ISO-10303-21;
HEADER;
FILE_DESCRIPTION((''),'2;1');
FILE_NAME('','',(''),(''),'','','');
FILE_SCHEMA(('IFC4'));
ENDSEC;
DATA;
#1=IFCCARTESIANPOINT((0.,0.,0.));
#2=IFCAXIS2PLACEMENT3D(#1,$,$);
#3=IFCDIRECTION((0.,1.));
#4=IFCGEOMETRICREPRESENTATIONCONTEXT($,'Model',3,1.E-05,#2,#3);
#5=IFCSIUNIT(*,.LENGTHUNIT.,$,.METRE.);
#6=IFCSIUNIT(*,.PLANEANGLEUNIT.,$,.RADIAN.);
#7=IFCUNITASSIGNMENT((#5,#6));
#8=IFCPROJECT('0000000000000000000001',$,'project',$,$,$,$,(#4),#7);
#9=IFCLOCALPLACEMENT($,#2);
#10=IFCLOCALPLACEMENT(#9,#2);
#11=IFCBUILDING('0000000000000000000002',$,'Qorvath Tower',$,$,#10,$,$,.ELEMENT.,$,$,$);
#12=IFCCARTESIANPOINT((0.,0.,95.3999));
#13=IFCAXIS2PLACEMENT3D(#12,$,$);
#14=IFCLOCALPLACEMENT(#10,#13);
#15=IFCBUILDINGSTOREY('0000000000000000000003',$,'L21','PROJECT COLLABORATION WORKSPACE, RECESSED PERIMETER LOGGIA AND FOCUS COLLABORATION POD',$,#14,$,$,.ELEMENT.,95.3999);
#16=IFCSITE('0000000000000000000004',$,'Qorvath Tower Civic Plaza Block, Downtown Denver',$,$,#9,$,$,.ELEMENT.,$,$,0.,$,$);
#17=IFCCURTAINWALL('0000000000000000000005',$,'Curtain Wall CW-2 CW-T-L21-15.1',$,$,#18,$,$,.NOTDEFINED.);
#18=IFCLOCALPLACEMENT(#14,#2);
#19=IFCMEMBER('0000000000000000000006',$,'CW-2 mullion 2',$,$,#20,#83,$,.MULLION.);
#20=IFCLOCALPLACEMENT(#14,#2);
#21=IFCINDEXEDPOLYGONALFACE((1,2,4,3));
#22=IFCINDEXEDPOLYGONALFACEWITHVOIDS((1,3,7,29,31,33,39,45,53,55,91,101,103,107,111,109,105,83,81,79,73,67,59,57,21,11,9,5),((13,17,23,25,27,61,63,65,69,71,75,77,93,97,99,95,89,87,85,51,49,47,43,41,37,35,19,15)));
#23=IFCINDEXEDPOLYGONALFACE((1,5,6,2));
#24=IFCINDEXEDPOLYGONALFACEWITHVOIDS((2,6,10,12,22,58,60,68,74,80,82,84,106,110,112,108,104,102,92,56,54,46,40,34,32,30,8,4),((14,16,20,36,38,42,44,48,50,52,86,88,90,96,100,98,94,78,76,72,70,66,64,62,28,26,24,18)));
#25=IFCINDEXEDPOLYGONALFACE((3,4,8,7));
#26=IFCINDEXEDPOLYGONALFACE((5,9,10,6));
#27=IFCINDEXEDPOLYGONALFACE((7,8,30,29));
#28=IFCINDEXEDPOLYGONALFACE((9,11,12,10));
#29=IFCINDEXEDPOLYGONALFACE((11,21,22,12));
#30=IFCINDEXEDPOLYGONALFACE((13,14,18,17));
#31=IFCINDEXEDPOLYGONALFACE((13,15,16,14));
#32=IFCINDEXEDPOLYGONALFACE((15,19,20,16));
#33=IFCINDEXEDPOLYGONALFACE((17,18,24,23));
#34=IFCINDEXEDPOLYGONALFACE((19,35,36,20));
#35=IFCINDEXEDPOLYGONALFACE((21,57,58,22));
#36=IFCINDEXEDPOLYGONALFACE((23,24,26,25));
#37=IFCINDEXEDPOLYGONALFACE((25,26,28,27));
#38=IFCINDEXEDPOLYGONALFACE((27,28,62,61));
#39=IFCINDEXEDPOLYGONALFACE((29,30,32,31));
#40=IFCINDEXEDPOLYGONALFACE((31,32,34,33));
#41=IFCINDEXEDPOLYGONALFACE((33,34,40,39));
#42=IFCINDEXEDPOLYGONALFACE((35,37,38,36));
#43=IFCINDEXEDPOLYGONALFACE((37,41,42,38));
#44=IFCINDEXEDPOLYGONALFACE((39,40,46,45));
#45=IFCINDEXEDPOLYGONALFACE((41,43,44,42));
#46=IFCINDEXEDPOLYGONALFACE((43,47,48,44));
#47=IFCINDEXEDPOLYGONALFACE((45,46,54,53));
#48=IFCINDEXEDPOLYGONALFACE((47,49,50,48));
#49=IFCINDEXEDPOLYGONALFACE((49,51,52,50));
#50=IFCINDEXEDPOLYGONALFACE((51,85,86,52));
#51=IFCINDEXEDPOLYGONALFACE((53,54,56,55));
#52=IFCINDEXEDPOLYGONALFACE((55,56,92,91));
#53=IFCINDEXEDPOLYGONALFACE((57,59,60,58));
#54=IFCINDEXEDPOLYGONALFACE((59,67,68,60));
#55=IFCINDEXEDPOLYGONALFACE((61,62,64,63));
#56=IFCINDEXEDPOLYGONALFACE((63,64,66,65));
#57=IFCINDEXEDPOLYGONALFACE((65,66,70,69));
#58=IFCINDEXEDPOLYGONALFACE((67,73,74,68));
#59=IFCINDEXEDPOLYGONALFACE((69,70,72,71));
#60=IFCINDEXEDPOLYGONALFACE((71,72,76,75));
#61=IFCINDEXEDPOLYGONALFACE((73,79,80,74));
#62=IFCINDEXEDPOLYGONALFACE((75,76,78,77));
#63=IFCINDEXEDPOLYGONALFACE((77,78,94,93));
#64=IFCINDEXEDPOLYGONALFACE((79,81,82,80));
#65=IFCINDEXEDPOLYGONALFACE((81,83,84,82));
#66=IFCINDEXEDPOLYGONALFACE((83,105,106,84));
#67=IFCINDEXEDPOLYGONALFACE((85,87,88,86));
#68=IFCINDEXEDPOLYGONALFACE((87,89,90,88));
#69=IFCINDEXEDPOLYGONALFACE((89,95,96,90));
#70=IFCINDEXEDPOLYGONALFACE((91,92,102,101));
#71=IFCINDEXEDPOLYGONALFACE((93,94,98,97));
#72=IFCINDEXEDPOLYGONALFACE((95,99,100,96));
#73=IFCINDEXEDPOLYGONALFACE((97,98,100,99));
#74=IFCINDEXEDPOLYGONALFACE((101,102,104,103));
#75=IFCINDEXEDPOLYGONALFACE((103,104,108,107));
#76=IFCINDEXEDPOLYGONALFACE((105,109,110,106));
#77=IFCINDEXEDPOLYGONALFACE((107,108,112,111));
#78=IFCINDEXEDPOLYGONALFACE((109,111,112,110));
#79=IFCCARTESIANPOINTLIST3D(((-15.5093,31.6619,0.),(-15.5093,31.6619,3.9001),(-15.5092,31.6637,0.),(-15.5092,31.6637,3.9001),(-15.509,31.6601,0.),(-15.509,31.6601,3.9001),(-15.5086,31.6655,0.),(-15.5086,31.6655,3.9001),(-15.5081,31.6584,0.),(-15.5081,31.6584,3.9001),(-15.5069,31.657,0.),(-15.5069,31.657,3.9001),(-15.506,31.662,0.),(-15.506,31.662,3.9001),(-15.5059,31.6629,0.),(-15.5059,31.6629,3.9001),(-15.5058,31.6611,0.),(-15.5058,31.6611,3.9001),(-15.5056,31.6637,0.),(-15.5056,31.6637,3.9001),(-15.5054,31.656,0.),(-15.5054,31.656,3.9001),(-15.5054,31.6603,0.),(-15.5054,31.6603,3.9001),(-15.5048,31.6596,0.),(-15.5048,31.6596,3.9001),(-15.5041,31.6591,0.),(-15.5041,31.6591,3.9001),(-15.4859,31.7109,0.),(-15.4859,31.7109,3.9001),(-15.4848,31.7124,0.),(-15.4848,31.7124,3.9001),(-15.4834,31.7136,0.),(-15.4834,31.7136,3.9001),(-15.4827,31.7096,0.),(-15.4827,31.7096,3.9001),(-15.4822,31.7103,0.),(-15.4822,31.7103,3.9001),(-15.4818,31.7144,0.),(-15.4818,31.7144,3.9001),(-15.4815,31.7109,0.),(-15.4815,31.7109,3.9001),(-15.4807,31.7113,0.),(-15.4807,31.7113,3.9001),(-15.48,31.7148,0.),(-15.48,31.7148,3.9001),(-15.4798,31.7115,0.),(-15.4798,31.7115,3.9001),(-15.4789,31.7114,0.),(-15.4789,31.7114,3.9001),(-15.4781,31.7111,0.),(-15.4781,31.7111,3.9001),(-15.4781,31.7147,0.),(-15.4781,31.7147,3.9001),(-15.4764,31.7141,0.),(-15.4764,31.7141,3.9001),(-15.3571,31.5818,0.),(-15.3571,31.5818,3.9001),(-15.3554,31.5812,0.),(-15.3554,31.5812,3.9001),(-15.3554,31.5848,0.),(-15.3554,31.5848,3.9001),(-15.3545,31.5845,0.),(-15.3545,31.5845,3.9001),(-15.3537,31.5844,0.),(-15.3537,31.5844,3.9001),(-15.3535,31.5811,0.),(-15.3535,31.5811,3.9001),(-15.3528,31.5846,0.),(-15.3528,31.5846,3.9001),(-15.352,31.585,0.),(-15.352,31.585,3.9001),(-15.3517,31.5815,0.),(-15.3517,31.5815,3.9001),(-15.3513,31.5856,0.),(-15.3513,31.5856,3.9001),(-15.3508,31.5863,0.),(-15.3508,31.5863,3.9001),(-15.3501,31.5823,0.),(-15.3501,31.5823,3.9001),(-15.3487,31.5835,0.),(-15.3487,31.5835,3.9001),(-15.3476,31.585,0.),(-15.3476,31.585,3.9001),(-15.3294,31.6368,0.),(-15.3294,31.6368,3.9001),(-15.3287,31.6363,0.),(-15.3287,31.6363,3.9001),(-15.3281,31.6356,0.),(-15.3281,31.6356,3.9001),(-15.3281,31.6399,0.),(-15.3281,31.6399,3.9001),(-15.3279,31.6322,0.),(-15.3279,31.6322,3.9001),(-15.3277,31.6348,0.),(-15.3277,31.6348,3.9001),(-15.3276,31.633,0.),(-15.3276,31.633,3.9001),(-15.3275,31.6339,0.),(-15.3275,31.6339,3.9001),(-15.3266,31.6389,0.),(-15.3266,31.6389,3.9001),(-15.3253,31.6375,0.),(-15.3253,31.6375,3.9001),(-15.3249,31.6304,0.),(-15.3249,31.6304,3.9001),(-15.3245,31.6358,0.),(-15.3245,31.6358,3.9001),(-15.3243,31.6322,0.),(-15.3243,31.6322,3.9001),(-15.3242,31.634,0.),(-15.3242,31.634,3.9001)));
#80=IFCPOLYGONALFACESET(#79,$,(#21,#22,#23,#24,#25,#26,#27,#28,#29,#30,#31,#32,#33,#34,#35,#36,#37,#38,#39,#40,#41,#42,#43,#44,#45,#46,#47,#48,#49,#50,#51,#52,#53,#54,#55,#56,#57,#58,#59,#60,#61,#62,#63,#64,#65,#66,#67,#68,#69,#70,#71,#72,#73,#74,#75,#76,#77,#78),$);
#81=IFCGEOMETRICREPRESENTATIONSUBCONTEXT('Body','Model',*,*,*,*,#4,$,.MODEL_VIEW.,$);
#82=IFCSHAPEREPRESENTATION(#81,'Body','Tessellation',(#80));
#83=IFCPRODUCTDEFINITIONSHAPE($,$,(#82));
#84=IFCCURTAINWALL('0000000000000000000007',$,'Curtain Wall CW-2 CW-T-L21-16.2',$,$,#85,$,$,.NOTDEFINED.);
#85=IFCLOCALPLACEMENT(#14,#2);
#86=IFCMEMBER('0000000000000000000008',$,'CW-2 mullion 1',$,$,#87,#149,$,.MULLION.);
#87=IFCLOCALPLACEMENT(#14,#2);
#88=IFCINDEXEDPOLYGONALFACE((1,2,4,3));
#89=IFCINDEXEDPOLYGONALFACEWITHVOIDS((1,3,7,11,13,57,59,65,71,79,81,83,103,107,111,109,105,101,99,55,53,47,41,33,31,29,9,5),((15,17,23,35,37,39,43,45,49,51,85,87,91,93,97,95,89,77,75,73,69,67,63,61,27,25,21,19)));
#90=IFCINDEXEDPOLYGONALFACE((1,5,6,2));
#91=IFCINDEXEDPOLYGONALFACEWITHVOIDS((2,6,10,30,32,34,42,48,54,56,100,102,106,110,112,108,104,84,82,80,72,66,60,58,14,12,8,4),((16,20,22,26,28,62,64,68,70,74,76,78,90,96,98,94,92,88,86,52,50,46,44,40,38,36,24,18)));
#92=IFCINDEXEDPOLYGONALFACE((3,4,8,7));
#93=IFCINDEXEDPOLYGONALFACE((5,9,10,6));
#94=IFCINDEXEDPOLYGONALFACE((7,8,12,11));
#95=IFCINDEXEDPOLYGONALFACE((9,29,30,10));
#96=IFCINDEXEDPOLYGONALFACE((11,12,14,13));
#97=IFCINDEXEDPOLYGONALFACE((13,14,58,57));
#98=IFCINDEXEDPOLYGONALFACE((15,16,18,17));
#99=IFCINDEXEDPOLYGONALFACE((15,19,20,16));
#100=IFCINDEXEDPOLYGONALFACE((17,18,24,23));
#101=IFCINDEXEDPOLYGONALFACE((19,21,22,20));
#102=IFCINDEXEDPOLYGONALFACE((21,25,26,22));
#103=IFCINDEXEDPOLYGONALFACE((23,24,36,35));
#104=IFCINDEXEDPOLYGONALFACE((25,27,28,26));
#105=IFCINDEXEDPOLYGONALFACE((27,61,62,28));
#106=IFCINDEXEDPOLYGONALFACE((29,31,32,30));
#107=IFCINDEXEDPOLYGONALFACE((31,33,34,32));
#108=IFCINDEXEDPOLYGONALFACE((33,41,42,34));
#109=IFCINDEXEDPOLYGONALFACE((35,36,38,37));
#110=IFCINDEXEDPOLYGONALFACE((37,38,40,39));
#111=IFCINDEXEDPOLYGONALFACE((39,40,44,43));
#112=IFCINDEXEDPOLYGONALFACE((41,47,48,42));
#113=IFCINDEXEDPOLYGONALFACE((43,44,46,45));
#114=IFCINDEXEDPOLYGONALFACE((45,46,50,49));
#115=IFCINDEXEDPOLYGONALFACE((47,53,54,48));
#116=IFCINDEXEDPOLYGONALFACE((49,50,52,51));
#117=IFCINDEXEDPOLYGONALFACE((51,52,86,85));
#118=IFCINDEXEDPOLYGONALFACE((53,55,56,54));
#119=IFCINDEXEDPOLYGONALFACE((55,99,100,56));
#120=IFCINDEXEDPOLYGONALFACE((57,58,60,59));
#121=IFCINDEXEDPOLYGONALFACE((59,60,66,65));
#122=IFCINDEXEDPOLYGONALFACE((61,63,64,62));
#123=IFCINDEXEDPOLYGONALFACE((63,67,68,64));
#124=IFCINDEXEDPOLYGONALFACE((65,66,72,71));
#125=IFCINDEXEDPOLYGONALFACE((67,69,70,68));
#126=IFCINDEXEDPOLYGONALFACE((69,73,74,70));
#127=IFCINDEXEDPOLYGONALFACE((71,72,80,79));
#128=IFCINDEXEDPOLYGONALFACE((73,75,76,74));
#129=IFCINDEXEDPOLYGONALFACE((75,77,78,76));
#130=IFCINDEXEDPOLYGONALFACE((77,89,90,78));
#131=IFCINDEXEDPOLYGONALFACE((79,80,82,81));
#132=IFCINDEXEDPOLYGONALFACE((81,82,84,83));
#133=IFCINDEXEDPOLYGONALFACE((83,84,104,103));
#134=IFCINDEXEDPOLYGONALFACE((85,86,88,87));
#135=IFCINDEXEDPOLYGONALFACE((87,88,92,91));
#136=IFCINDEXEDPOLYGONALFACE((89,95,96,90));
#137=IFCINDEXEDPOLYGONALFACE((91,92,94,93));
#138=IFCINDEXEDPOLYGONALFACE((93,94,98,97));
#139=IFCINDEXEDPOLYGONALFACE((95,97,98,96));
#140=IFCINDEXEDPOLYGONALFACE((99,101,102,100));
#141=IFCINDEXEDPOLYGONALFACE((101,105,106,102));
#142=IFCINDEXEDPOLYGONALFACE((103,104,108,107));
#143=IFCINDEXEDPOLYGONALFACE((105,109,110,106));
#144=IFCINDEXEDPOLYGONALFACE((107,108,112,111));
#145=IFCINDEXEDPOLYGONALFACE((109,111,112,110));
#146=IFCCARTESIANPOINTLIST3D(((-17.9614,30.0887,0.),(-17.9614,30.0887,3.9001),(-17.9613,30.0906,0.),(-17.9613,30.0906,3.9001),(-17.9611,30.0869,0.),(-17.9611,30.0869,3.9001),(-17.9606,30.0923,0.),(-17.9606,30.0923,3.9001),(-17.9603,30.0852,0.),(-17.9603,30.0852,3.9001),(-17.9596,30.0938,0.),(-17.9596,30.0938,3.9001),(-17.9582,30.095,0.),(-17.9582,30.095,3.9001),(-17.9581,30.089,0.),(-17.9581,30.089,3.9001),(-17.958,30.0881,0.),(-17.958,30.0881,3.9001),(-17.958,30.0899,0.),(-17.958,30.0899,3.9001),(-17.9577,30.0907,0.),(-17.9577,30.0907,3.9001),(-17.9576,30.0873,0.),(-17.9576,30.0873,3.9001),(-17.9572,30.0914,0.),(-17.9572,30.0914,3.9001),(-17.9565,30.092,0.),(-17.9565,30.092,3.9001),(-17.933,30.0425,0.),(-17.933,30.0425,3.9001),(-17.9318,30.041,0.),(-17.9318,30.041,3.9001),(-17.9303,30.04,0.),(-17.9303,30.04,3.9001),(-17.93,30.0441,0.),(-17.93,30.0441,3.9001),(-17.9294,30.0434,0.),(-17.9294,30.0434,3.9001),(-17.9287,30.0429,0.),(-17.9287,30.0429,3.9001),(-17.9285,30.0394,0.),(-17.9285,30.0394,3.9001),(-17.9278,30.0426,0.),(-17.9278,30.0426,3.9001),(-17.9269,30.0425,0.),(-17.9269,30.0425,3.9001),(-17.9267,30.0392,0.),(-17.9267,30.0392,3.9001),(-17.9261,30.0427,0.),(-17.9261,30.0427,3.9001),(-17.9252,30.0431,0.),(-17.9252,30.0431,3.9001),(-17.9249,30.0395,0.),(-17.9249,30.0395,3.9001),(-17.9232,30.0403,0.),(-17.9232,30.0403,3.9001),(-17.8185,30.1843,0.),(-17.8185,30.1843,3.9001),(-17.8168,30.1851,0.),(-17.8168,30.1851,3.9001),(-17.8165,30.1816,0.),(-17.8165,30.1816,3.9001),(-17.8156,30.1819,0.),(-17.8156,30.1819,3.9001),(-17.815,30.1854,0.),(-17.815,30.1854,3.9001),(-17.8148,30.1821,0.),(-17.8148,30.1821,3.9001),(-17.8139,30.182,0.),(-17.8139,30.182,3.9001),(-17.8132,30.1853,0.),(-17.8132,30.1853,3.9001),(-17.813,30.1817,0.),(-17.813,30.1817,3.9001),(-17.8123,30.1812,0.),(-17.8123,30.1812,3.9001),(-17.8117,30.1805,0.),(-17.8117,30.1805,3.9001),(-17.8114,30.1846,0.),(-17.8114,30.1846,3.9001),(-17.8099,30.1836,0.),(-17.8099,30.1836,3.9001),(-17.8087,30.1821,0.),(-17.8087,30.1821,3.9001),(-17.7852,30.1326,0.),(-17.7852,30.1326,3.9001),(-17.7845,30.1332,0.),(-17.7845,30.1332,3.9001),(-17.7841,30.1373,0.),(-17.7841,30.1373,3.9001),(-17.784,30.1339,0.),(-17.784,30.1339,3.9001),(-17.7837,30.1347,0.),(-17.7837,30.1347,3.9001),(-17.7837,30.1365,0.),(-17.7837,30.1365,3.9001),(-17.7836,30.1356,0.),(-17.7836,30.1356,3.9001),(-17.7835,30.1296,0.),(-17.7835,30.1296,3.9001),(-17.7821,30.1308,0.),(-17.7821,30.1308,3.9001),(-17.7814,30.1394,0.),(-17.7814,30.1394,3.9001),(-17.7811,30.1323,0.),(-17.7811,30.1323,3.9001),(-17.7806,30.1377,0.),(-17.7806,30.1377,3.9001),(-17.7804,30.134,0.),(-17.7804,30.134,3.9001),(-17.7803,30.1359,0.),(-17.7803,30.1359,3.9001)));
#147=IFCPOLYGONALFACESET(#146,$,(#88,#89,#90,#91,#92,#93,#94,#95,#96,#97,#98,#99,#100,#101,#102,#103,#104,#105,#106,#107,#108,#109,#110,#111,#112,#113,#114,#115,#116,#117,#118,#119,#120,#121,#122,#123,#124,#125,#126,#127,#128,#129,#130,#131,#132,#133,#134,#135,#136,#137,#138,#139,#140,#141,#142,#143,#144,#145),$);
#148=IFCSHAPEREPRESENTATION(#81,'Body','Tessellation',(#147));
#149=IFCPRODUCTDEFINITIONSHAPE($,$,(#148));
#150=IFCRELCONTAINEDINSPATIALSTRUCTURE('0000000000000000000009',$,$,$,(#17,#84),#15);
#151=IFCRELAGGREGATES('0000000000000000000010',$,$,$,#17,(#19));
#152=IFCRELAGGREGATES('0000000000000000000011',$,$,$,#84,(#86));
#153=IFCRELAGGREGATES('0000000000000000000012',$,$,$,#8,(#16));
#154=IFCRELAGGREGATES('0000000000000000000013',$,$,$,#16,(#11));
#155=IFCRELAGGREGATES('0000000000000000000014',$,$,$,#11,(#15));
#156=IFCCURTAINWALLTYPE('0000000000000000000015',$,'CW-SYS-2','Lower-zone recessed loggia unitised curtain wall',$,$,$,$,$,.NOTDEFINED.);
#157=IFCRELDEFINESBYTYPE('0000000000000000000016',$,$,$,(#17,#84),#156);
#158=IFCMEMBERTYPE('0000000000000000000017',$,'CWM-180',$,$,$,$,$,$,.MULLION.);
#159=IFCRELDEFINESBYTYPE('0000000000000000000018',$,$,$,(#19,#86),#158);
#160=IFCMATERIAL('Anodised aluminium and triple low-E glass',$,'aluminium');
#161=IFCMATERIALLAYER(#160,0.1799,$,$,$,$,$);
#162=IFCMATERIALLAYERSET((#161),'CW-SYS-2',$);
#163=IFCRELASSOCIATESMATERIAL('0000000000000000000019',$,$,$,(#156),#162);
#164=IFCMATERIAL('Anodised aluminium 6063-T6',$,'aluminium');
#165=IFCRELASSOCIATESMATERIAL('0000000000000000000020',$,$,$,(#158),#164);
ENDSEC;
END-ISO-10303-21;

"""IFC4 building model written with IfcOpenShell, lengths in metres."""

from ifc_helpers import new_model, si_unit, direction, frame, origin, origin_2d, place, context, subcontext, project, spatial, hollow_rectangle, extrude, material, layer, layer_set, material_profile, profile_set, type_object, element, aggregate, save


model = new_model("IFC4")

# Units and contexts
model_context = context("Model", 3, precision=1e-05, world=origin(), true_north=direction((0.0, 1.0)))
body_context = subcontext(model_context, "Body", "Model", "MODEL_VIEW")
ifc_project = project(units=[si_unit("LENGTHUNIT", "METRE"), si_unit("PLANEANGLEUNIT", "RADIAN")], contexts=[model_context])

# Site, building, storey
site_placement = place(None, origin())
site = spatial("IfcSite", under=ifc_project, at=site_placement, Name="Qorvath Tower Civic Plaza Block, Downtown Denver", CompositionType="ELEMENT", RefElevation=0.0)
building_placement = place(site_placement, origin())
building = spatial("IfcBuilding", under=site, at=building_placement, Name="Qorvath Tower", CompositionType="ELEMENT")
storey_placement = place(building_placement, frame((0.0, 0.0, 95.3999)))
storey = spatial("IfcBuildingStorey", under=building, at=storey_placement, Name="L21", Description="PROJECT COLLABORATION WORKSPACE, RECESSED PERIMETER LOGGIA AND FOCUS COLLABORATION POD", CompositionType="ELEMENT", Elevation=95.3999)

# Shared definitions
ifc_material_1 = material(Name="Anodised aluminium and triple low-E glass", Category="aluminium")
ifc_layer_1 = layer(ifc_material_1, 0.1799)
ifc_layer_set_1 = layer_set([ifc_layer_1], Name="CW-SYS-2")
curtain_wall_type = type_object("IfcCurtainWallType", Name="CW-SYS-2", Description="Lower-zone recessed loggia unitised curtain wall", PredefinedType="NOTDEFINED", material=ifc_layer_set_1)
ifc_material_2 = material(Name="Anodised aluminium 6063-T6", Category="aluminium")
ifc_material_profile_1 = material_profile(ifc_material_2, hollow_rectangle(XDim=0.0649, YDim=0.1799, WallThickness=0.0034, InnerFilletRadius=0.0034, OuterFilletRadius=0.0071, at=origin_2d()), Name="CWM 180x65")
ifc_profile_set_1 = profile_set([ifc_material_profile_1], Name="Anodised aluminium 6063-T6")
member_type_1 = type_object("IfcMemberType", Name="CWM-180", PredefinedType="MULLION", material=ifc_profile_set_1)

# Curtain wall, member
curtain_wall_1_placement = place(storey_placement, origin())
curtain_wall_1 = element("IfcCurtainWall", 1, at=curtain_wall_1_placement, inside=storey, type_object=curtain_wall_type, Name="Curtain Wall CW-2 CW-T-L21-15.1", PredefinedType="NOTDEFINED")
member_1_placement = place(storey_placement, frame((-15.4167, 31.6479, 0.0), z_axis=(0.0, 0.0, 1.0), x_axis=(-0.447245, -0.894411, 0.0)))
member_1 = element("IfcMember", 2, at=member_1_placement, type_object=member_type_1, Name="CW-2 mullion 2", PredefinedType="MULLION", context=body_context, shape_type="SweptSolid", body=[
    extrude(hollow_rectangle(XDim=0.0649, YDim=0.1799, WallThickness=0.0034, InnerFilletRadius=0.0034, OuterFilletRadius=0.0071, at=origin_2d()), origin(), (0.0, 0.0, 1.0), 3.9001),
])

# Curtain wall, member
curtain_wall_2_placement = place(storey_placement, origin())
curtain_wall_2 = element("IfcCurtainWall", 3, at=curtain_wall_2_placement, inside=storey, type_object=curtain_wall_type, Name="Curtain Wall CW-2 CW-T-L21-16.2", PredefinedType="NOTDEFINED")
member_2_placement = place(storey_placement, frame((-17.8708, 30.1123, 0.0), z_axis=(0.0, 0.0, 1.0), x_axis=(0.53854, -0.8426, 0.0)))
member_2 = element("IfcMember", 4, at=member_2_placement, type_object=member_type_1, Name="CW-2 mullion 1", PredefinedType="MULLION", context=body_context, shape_type="SweptSolid", body=[
    extrude(hollow_rectangle(XDim=0.0649, YDim=0.1799, WallThickness=0.0034, InnerFilletRadius=0.0034, OuterFilletRadius=0.0071, at=origin_2d()), origin(), (0.0, 0.0, 1.0), 3.9001),
])

aggregate(curtain_wall_1, [member_1])
aggregate(curtain_wall_2, [member_2])

save(model, "model.ifc")
